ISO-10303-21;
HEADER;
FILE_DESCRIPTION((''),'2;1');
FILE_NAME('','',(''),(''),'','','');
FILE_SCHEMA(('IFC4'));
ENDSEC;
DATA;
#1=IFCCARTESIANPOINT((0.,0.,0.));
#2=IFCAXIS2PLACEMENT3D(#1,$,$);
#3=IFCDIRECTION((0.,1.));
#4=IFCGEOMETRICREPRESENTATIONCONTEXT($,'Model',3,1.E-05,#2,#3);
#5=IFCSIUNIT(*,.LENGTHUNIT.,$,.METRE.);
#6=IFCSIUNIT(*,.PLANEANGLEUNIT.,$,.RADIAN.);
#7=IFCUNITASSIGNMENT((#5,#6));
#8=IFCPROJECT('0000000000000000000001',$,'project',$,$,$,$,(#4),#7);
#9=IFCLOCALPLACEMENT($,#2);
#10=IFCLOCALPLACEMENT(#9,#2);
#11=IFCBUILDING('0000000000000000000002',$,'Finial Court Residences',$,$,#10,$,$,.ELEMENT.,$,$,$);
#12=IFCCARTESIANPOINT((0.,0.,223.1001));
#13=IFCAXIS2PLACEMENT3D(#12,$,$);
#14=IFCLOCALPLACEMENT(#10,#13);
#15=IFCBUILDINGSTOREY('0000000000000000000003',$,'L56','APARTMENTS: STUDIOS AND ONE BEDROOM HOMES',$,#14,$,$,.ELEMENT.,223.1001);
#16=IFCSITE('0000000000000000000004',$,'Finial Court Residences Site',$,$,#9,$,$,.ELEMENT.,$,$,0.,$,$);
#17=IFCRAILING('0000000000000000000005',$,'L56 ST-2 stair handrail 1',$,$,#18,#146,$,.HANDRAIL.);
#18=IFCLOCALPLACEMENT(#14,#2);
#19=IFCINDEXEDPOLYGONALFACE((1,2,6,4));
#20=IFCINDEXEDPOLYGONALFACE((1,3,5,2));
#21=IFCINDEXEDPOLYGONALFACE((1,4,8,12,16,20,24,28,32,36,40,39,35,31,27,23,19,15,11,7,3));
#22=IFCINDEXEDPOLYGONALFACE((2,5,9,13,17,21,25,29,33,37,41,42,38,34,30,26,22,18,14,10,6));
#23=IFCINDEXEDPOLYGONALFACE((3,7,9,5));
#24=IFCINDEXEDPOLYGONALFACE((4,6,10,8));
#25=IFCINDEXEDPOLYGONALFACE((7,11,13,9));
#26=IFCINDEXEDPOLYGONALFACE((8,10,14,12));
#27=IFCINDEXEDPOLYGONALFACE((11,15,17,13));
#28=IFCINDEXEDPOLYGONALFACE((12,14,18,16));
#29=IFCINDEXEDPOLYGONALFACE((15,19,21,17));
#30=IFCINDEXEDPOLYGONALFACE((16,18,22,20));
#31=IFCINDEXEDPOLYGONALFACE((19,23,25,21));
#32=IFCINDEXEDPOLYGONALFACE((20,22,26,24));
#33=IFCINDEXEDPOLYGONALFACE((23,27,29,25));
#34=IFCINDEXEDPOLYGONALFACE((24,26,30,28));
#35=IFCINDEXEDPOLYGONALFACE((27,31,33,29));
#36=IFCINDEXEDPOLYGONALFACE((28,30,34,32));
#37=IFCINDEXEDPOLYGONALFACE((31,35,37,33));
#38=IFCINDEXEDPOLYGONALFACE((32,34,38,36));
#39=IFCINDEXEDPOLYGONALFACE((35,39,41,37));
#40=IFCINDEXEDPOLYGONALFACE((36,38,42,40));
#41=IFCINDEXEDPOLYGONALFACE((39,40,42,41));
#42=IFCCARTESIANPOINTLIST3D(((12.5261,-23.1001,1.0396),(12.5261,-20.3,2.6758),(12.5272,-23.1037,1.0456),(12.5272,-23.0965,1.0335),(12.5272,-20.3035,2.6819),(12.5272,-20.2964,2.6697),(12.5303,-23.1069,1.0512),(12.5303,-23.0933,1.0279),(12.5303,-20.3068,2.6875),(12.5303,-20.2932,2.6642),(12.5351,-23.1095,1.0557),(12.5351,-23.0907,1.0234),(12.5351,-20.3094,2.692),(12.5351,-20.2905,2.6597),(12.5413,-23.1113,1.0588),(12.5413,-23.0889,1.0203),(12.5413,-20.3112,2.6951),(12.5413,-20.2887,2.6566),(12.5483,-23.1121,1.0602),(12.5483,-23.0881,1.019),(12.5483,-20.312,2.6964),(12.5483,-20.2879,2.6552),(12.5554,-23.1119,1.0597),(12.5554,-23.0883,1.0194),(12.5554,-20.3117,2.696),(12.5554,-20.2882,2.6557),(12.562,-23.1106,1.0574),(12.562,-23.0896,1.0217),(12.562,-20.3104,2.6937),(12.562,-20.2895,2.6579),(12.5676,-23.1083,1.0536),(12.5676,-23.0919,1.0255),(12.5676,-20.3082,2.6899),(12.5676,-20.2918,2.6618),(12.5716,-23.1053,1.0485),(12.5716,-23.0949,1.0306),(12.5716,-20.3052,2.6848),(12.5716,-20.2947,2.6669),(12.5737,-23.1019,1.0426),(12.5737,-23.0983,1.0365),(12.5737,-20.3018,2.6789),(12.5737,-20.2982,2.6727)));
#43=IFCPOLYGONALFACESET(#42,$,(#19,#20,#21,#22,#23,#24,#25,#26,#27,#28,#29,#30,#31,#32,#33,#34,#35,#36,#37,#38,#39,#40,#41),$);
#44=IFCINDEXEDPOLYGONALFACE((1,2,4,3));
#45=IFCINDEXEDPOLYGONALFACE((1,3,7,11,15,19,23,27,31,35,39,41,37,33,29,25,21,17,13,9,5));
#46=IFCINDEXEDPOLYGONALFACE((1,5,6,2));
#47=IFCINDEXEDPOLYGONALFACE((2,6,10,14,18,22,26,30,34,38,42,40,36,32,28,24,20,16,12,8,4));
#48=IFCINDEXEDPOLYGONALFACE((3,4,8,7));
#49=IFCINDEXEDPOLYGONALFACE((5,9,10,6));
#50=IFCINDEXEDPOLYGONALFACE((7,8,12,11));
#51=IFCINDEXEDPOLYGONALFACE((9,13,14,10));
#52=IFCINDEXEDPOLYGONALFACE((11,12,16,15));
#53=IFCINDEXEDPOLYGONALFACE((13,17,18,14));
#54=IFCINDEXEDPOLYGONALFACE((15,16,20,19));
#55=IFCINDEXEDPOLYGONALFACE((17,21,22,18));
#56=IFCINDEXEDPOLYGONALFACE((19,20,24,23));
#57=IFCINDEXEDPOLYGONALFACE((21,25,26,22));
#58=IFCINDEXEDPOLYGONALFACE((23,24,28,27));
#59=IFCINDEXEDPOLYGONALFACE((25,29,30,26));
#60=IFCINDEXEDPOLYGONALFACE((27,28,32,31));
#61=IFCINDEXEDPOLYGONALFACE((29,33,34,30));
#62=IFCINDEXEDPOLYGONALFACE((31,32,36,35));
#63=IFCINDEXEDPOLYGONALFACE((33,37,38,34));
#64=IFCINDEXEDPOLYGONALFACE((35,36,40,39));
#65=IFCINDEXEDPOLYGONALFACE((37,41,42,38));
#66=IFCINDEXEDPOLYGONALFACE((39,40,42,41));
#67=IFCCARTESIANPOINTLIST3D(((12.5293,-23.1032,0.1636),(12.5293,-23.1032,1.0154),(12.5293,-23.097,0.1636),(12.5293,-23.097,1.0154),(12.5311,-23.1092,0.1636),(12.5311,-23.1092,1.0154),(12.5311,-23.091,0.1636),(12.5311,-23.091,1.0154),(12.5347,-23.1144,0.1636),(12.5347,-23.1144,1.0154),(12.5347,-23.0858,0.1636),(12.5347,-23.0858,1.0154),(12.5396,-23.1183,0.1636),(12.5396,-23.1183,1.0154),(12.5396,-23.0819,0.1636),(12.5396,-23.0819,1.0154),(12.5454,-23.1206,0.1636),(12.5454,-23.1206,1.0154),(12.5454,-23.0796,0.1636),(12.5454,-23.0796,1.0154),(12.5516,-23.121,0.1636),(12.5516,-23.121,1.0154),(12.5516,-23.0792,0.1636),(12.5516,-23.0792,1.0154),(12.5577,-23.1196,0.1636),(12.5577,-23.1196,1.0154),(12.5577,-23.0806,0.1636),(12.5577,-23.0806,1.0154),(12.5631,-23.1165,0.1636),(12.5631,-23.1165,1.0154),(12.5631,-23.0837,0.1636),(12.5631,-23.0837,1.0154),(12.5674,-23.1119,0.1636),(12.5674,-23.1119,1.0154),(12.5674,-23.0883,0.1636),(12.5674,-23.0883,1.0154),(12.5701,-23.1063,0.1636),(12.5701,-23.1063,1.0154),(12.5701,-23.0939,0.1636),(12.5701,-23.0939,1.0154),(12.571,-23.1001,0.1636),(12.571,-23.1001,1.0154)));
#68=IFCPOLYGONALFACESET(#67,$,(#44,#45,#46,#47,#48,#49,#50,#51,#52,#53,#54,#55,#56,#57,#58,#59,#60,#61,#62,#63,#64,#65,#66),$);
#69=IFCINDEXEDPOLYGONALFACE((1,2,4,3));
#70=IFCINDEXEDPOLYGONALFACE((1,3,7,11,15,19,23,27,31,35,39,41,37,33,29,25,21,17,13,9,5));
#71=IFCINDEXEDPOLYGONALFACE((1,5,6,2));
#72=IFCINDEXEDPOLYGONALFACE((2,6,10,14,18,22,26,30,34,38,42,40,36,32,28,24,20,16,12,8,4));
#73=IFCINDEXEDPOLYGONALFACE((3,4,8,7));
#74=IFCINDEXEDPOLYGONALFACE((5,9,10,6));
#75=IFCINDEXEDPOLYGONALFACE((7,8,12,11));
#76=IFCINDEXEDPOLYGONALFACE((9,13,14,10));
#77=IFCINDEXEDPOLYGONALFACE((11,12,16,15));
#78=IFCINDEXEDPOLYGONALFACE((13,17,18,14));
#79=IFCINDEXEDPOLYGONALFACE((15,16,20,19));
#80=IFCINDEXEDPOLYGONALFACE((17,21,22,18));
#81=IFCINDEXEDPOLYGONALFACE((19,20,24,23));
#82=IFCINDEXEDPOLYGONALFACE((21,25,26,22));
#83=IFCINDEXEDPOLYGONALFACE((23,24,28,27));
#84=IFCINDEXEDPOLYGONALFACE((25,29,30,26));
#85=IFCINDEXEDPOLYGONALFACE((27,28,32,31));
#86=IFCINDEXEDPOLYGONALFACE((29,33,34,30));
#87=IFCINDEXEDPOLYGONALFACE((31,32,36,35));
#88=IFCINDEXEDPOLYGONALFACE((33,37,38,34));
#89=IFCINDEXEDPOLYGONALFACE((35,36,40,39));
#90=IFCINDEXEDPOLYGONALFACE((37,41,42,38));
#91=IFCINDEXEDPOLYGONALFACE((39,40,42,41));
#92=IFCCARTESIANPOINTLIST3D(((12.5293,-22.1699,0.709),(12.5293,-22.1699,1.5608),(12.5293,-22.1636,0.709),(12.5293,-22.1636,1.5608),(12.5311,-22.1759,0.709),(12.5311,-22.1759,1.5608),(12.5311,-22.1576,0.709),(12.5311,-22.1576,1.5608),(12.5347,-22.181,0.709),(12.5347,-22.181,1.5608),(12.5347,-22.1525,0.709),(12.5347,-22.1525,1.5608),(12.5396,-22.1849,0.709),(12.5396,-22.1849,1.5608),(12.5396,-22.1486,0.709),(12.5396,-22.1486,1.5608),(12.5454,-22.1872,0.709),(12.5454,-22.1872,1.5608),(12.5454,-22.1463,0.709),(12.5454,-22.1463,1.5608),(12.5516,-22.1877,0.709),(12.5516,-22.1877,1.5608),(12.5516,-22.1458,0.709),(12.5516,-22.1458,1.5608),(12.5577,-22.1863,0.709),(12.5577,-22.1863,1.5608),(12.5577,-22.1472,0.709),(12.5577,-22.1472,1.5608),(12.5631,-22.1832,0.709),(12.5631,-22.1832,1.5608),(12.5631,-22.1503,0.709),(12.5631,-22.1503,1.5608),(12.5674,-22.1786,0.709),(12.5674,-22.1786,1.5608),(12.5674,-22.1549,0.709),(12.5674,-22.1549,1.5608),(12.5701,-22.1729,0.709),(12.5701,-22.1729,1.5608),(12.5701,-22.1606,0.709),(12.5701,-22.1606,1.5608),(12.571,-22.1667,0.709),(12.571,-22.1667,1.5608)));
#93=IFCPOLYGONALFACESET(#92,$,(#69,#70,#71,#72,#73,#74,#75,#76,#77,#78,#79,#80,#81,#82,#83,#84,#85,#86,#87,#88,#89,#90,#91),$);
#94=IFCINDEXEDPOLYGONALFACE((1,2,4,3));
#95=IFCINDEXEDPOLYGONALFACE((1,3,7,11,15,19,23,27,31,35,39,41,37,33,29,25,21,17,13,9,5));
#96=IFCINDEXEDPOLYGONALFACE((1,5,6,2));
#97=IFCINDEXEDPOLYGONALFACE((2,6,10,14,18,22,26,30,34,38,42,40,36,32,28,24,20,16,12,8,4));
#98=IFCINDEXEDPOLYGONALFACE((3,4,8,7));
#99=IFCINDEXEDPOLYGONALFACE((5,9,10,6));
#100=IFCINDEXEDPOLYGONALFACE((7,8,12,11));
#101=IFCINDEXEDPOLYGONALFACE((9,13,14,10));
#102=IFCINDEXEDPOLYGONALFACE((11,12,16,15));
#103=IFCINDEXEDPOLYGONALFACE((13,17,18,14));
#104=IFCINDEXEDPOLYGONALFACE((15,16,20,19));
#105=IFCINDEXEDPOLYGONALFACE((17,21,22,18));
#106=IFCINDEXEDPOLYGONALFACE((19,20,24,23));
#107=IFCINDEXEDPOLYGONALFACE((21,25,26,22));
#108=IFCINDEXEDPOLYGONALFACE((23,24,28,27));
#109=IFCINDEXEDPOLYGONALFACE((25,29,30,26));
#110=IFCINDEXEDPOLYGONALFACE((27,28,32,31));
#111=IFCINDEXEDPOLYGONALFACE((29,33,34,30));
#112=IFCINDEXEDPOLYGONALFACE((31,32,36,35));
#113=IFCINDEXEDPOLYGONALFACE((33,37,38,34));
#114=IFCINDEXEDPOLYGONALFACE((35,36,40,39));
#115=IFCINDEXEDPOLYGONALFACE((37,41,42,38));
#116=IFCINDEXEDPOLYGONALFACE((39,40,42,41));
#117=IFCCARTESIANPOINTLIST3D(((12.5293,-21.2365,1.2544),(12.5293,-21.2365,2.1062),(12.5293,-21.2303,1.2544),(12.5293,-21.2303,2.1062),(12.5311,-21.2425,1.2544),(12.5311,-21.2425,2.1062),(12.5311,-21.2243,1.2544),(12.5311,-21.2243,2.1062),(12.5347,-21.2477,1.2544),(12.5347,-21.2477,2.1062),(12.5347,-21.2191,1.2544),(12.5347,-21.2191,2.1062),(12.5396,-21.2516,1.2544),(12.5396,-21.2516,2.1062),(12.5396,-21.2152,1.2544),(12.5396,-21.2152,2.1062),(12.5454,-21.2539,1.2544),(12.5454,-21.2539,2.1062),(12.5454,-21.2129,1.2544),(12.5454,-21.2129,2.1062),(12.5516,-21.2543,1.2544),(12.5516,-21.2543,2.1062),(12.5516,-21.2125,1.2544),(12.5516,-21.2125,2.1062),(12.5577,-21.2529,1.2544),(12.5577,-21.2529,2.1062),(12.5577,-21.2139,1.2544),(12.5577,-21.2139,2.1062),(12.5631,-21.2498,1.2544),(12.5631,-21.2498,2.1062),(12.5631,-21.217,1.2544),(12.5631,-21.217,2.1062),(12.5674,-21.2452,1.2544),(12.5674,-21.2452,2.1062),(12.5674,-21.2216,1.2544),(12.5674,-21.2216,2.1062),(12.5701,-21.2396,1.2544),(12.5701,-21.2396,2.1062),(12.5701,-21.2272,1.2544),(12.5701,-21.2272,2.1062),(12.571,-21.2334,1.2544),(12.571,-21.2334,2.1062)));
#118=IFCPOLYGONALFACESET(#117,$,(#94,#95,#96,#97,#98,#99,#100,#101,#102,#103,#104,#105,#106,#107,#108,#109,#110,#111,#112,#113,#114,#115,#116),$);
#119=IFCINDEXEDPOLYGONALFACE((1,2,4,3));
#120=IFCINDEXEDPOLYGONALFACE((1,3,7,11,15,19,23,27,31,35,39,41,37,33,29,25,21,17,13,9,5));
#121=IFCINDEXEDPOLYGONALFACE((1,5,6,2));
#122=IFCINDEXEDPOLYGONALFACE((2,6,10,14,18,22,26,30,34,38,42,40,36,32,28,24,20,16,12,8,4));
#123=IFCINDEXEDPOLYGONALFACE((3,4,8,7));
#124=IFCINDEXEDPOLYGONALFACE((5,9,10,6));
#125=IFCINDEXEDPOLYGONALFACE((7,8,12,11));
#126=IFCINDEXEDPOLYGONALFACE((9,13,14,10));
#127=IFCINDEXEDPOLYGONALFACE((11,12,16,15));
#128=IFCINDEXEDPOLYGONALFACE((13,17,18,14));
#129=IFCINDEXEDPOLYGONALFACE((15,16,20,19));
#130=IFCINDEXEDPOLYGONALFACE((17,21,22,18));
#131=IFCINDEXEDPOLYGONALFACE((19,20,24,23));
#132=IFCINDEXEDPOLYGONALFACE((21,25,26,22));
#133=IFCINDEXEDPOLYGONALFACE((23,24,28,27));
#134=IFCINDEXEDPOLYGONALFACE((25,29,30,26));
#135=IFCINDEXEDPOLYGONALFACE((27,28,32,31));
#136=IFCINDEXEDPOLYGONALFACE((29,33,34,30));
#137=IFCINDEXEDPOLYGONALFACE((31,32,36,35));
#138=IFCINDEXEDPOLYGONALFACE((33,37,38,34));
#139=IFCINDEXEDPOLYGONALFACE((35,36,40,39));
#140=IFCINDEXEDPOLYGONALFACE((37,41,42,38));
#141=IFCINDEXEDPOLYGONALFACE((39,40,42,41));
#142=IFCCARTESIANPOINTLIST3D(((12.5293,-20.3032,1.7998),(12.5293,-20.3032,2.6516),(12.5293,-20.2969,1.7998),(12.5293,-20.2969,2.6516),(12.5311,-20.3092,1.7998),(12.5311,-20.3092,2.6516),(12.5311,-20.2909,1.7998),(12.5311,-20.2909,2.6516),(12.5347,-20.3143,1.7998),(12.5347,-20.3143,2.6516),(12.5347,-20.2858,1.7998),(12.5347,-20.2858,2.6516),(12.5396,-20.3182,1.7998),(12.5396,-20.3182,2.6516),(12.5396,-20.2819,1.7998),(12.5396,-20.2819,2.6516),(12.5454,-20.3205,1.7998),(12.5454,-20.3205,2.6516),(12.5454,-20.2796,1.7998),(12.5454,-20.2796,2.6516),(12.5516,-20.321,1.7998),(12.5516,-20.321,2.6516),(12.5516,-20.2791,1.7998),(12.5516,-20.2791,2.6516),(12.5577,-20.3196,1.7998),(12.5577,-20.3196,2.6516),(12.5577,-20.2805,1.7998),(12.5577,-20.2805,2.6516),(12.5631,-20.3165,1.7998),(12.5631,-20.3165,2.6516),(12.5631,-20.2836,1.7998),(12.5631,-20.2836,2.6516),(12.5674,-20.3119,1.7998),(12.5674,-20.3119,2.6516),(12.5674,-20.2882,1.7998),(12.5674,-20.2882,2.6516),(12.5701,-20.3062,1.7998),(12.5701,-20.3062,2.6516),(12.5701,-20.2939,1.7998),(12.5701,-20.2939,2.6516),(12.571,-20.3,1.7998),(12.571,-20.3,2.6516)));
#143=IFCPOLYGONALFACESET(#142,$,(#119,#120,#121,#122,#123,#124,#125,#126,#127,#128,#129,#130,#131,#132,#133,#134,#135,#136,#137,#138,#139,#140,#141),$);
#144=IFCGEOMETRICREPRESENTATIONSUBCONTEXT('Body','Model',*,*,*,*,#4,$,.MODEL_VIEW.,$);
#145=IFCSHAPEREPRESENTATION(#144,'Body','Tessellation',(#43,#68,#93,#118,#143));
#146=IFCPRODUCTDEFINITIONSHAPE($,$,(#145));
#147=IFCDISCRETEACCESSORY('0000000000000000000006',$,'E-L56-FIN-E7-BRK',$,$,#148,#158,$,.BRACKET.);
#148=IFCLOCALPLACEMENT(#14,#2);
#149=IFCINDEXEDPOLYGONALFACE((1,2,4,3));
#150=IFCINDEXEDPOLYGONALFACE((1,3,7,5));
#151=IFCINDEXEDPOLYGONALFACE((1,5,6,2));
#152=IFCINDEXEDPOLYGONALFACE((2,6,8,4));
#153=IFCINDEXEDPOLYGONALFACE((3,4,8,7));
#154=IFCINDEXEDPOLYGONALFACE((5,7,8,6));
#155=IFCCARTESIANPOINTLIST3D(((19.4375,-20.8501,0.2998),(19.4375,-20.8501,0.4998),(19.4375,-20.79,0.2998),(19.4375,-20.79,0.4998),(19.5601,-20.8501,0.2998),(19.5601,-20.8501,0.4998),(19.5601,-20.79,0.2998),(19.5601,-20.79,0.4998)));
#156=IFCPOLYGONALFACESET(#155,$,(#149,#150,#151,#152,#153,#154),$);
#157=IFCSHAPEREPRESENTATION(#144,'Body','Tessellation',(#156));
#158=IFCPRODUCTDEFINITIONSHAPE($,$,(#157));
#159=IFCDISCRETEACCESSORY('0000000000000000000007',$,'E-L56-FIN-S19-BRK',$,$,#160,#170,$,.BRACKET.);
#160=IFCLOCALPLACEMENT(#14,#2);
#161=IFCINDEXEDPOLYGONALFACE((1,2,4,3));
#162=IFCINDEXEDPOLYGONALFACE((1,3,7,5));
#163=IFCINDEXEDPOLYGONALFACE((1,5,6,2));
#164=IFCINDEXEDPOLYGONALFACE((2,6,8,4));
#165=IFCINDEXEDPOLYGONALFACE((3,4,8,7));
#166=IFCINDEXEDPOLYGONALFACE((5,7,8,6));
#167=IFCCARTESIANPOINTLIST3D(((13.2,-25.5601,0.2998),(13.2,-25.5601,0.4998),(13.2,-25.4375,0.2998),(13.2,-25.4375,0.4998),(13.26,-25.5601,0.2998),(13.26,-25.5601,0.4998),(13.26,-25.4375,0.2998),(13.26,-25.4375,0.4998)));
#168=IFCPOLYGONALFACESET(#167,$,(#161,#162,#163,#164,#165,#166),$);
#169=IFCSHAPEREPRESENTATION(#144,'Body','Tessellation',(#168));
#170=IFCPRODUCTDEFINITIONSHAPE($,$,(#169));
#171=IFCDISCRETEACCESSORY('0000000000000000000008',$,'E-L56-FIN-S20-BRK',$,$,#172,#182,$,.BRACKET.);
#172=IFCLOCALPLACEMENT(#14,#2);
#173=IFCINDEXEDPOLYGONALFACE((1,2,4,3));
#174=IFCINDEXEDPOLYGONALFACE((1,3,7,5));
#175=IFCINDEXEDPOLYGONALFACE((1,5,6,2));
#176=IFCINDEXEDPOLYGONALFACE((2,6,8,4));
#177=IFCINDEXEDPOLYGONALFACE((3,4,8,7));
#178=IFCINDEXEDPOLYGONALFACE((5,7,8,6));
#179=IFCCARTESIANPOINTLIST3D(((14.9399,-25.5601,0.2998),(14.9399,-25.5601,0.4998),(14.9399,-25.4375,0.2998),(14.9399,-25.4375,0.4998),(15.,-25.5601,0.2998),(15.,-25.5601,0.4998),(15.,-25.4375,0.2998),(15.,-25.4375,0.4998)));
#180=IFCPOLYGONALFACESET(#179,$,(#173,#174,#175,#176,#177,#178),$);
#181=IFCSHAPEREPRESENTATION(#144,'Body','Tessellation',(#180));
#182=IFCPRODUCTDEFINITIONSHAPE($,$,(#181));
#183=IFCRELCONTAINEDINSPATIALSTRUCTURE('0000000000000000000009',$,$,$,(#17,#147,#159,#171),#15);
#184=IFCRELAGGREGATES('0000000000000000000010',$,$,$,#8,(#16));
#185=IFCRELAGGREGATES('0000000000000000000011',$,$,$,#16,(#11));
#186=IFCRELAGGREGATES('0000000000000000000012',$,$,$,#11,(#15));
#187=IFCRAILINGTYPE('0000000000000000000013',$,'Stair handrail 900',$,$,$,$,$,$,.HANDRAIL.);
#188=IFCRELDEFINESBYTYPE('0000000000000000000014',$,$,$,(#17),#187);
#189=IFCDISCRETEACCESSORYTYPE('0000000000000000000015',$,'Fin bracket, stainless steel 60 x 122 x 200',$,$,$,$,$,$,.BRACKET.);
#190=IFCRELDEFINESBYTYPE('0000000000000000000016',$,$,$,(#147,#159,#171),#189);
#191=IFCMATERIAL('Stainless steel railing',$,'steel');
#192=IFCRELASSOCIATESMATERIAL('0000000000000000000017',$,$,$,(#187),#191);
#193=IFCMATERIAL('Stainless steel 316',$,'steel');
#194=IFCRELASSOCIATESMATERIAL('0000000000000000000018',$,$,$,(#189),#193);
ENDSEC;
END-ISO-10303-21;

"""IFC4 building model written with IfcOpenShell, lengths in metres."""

from ifc_helpers import new_model, si_unit, direction, frame, origin, origin_2d, place, context, subcontext, project, spatial, rectangle, circle, extrude, material, type_object, element, save


model = new_model("IFC4")

# Units and contexts
model_context = context("Model", 3, precision=1e-05, world=origin(), true_north=direction((0.0, 1.0)))
body_context = subcontext(model_context, "Body", "Model", "MODEL_VIEW")
ifc_project = project(units=[si_unit("LENGTHUNIT", "METRE"), si_unit("PLANEANGLEUNIT", "RADIAN")], contexts=[model_context])

# Site, building, storey
site_placement = place(None, origin())
site = spatial("IfcSite", under=ifc_project, at=site_placement, Name="Finial Court Residences Site", CompositionType="ELEMENT", RefElevation=0.0)
building_placement = place(site_placement, origin())
building = spatial("IfcBuilding", under=site, at=building_placement, Name="Finial Court Residences", CompositionType="ELEMENT")
storey_placement = place(building_placement, frame((0.0, 0.0, 223.1001)))
storey = spatial("IfcBuildingStorey", under=building, at=storey_placement, Name="L56", Description="APARTMENTS: STUDIOS AND ONE BEDROOM HOMES", CompositionType="ELEMENT", Elevation=223.1001)

# Railing
ifc_material_1 = material(Name="Stainless steel railing", Category="steel")
railing_type = type_object("IfcRailingType", Name="Stair handrail 900", PredefinedType="HANDRAIL", material=ifc_material_1)
railing_placement = place(storey_placement, frame((12.55, -23.1001, 0.1636)))
element("IfcRailing", 1, at=railing_placement, inside=storey, type_object=railing_type, Name="L56 ST-2 stair handrail 1", PredefinedType="HANDRAIL", context=body_context, shape_type="SweptSolid", body=[
    extrude(circle(Radius=0.0239, at=origin_2d()), frame((0.0, 0.0, 0.876), z_axis=(0.0, 0.863394, 0.504531), x_axis=(-1.0, 0.0, 0.0)), (0.0, 0.0, 1.0), 3.2432),
    extrude(circle(Radius=0.021, at=origin_2d()), origin(), (0.0, 0.0, 1.0), 0.8518),
    extrude(circle(Radius=0.021, at=origin_2d()), frame((0.0, 0.9333, 0.5454)), (0.0, 0.0, 1.0), 0.8518),
    extrude(circle(Radius=0.021, at=origin_2d()), frame((0.0, 1.8667, 1.0908)), (0.0, 0.0, 1.0), 0.8518),
    extrude(circle(Radius=0.021, at=origin_2d()), frame((0.0, 2.8, 1.6362)), (0.0, 0.0, 1.0), 0.8518),
])

# Discrete accessories
ifc_material_2 = material(Name="Stainless steel 316", Category="steel")
discrete_accessory_type = type_object("IfcDiscreteAccessoryType", Name="Fin bracket, stainless steel 60 x 122 x 200", PredefinedType="BRACKET", material=ifc_material_2)
discrete_accessory_placement = place(storey_placement, frame((19.4988, -20.8201, 0.2998), z_axis=(0.0, 0.0, 1.0), x_axis=(1.0, 0.0, 0.0)))
element("IfcDiscreteAccessory", 2, at=discrete_accessory_placement, inside=storey, type_object=discrete_accessory_type, Name="E-L56-FIN-E7-BRK", PredefinedType="BRACKET", context=body_context, shape_type="SweptSolid", body=[
    extrude(rectangle(XDim=0.1226, YDim=0.0601, at=origin_2d()), origin(), (0.0, 0.0, 1.0), 0.2),
])
for number, where, z_axis, x_axis, name in (
    (3, (13.23, -25.4988, 0.2998), (0.0, 0.0, 1.0), (1.0, 0.0, 0.0), "E-L56-FIN-S19-BRK"),
    (4, (14.97, -25.4988, 0.2998), (0.0, 0.0, 1.0), (1.0, 0.0, 0.0), "E-L56-FIN-S20-BRK"),
):
    element("IfcDiscreteAccessory", number, at=place(storey_placement, frame(where, z_axis=z_axis, x_axis=x_axis)), inside=storey, type_object=discrete_accessory_type, Name=name, PredefinedType="BRACKET", context=body_context, shape_type="SweptSolid", body=[
        extrude(rectangle(XDim=0.0601, YDim=0.1226, at=origin_2d()), origin(), (0.0, 0.0, 1.0), 0.2),
    ])

save(model, "model.ifc")
